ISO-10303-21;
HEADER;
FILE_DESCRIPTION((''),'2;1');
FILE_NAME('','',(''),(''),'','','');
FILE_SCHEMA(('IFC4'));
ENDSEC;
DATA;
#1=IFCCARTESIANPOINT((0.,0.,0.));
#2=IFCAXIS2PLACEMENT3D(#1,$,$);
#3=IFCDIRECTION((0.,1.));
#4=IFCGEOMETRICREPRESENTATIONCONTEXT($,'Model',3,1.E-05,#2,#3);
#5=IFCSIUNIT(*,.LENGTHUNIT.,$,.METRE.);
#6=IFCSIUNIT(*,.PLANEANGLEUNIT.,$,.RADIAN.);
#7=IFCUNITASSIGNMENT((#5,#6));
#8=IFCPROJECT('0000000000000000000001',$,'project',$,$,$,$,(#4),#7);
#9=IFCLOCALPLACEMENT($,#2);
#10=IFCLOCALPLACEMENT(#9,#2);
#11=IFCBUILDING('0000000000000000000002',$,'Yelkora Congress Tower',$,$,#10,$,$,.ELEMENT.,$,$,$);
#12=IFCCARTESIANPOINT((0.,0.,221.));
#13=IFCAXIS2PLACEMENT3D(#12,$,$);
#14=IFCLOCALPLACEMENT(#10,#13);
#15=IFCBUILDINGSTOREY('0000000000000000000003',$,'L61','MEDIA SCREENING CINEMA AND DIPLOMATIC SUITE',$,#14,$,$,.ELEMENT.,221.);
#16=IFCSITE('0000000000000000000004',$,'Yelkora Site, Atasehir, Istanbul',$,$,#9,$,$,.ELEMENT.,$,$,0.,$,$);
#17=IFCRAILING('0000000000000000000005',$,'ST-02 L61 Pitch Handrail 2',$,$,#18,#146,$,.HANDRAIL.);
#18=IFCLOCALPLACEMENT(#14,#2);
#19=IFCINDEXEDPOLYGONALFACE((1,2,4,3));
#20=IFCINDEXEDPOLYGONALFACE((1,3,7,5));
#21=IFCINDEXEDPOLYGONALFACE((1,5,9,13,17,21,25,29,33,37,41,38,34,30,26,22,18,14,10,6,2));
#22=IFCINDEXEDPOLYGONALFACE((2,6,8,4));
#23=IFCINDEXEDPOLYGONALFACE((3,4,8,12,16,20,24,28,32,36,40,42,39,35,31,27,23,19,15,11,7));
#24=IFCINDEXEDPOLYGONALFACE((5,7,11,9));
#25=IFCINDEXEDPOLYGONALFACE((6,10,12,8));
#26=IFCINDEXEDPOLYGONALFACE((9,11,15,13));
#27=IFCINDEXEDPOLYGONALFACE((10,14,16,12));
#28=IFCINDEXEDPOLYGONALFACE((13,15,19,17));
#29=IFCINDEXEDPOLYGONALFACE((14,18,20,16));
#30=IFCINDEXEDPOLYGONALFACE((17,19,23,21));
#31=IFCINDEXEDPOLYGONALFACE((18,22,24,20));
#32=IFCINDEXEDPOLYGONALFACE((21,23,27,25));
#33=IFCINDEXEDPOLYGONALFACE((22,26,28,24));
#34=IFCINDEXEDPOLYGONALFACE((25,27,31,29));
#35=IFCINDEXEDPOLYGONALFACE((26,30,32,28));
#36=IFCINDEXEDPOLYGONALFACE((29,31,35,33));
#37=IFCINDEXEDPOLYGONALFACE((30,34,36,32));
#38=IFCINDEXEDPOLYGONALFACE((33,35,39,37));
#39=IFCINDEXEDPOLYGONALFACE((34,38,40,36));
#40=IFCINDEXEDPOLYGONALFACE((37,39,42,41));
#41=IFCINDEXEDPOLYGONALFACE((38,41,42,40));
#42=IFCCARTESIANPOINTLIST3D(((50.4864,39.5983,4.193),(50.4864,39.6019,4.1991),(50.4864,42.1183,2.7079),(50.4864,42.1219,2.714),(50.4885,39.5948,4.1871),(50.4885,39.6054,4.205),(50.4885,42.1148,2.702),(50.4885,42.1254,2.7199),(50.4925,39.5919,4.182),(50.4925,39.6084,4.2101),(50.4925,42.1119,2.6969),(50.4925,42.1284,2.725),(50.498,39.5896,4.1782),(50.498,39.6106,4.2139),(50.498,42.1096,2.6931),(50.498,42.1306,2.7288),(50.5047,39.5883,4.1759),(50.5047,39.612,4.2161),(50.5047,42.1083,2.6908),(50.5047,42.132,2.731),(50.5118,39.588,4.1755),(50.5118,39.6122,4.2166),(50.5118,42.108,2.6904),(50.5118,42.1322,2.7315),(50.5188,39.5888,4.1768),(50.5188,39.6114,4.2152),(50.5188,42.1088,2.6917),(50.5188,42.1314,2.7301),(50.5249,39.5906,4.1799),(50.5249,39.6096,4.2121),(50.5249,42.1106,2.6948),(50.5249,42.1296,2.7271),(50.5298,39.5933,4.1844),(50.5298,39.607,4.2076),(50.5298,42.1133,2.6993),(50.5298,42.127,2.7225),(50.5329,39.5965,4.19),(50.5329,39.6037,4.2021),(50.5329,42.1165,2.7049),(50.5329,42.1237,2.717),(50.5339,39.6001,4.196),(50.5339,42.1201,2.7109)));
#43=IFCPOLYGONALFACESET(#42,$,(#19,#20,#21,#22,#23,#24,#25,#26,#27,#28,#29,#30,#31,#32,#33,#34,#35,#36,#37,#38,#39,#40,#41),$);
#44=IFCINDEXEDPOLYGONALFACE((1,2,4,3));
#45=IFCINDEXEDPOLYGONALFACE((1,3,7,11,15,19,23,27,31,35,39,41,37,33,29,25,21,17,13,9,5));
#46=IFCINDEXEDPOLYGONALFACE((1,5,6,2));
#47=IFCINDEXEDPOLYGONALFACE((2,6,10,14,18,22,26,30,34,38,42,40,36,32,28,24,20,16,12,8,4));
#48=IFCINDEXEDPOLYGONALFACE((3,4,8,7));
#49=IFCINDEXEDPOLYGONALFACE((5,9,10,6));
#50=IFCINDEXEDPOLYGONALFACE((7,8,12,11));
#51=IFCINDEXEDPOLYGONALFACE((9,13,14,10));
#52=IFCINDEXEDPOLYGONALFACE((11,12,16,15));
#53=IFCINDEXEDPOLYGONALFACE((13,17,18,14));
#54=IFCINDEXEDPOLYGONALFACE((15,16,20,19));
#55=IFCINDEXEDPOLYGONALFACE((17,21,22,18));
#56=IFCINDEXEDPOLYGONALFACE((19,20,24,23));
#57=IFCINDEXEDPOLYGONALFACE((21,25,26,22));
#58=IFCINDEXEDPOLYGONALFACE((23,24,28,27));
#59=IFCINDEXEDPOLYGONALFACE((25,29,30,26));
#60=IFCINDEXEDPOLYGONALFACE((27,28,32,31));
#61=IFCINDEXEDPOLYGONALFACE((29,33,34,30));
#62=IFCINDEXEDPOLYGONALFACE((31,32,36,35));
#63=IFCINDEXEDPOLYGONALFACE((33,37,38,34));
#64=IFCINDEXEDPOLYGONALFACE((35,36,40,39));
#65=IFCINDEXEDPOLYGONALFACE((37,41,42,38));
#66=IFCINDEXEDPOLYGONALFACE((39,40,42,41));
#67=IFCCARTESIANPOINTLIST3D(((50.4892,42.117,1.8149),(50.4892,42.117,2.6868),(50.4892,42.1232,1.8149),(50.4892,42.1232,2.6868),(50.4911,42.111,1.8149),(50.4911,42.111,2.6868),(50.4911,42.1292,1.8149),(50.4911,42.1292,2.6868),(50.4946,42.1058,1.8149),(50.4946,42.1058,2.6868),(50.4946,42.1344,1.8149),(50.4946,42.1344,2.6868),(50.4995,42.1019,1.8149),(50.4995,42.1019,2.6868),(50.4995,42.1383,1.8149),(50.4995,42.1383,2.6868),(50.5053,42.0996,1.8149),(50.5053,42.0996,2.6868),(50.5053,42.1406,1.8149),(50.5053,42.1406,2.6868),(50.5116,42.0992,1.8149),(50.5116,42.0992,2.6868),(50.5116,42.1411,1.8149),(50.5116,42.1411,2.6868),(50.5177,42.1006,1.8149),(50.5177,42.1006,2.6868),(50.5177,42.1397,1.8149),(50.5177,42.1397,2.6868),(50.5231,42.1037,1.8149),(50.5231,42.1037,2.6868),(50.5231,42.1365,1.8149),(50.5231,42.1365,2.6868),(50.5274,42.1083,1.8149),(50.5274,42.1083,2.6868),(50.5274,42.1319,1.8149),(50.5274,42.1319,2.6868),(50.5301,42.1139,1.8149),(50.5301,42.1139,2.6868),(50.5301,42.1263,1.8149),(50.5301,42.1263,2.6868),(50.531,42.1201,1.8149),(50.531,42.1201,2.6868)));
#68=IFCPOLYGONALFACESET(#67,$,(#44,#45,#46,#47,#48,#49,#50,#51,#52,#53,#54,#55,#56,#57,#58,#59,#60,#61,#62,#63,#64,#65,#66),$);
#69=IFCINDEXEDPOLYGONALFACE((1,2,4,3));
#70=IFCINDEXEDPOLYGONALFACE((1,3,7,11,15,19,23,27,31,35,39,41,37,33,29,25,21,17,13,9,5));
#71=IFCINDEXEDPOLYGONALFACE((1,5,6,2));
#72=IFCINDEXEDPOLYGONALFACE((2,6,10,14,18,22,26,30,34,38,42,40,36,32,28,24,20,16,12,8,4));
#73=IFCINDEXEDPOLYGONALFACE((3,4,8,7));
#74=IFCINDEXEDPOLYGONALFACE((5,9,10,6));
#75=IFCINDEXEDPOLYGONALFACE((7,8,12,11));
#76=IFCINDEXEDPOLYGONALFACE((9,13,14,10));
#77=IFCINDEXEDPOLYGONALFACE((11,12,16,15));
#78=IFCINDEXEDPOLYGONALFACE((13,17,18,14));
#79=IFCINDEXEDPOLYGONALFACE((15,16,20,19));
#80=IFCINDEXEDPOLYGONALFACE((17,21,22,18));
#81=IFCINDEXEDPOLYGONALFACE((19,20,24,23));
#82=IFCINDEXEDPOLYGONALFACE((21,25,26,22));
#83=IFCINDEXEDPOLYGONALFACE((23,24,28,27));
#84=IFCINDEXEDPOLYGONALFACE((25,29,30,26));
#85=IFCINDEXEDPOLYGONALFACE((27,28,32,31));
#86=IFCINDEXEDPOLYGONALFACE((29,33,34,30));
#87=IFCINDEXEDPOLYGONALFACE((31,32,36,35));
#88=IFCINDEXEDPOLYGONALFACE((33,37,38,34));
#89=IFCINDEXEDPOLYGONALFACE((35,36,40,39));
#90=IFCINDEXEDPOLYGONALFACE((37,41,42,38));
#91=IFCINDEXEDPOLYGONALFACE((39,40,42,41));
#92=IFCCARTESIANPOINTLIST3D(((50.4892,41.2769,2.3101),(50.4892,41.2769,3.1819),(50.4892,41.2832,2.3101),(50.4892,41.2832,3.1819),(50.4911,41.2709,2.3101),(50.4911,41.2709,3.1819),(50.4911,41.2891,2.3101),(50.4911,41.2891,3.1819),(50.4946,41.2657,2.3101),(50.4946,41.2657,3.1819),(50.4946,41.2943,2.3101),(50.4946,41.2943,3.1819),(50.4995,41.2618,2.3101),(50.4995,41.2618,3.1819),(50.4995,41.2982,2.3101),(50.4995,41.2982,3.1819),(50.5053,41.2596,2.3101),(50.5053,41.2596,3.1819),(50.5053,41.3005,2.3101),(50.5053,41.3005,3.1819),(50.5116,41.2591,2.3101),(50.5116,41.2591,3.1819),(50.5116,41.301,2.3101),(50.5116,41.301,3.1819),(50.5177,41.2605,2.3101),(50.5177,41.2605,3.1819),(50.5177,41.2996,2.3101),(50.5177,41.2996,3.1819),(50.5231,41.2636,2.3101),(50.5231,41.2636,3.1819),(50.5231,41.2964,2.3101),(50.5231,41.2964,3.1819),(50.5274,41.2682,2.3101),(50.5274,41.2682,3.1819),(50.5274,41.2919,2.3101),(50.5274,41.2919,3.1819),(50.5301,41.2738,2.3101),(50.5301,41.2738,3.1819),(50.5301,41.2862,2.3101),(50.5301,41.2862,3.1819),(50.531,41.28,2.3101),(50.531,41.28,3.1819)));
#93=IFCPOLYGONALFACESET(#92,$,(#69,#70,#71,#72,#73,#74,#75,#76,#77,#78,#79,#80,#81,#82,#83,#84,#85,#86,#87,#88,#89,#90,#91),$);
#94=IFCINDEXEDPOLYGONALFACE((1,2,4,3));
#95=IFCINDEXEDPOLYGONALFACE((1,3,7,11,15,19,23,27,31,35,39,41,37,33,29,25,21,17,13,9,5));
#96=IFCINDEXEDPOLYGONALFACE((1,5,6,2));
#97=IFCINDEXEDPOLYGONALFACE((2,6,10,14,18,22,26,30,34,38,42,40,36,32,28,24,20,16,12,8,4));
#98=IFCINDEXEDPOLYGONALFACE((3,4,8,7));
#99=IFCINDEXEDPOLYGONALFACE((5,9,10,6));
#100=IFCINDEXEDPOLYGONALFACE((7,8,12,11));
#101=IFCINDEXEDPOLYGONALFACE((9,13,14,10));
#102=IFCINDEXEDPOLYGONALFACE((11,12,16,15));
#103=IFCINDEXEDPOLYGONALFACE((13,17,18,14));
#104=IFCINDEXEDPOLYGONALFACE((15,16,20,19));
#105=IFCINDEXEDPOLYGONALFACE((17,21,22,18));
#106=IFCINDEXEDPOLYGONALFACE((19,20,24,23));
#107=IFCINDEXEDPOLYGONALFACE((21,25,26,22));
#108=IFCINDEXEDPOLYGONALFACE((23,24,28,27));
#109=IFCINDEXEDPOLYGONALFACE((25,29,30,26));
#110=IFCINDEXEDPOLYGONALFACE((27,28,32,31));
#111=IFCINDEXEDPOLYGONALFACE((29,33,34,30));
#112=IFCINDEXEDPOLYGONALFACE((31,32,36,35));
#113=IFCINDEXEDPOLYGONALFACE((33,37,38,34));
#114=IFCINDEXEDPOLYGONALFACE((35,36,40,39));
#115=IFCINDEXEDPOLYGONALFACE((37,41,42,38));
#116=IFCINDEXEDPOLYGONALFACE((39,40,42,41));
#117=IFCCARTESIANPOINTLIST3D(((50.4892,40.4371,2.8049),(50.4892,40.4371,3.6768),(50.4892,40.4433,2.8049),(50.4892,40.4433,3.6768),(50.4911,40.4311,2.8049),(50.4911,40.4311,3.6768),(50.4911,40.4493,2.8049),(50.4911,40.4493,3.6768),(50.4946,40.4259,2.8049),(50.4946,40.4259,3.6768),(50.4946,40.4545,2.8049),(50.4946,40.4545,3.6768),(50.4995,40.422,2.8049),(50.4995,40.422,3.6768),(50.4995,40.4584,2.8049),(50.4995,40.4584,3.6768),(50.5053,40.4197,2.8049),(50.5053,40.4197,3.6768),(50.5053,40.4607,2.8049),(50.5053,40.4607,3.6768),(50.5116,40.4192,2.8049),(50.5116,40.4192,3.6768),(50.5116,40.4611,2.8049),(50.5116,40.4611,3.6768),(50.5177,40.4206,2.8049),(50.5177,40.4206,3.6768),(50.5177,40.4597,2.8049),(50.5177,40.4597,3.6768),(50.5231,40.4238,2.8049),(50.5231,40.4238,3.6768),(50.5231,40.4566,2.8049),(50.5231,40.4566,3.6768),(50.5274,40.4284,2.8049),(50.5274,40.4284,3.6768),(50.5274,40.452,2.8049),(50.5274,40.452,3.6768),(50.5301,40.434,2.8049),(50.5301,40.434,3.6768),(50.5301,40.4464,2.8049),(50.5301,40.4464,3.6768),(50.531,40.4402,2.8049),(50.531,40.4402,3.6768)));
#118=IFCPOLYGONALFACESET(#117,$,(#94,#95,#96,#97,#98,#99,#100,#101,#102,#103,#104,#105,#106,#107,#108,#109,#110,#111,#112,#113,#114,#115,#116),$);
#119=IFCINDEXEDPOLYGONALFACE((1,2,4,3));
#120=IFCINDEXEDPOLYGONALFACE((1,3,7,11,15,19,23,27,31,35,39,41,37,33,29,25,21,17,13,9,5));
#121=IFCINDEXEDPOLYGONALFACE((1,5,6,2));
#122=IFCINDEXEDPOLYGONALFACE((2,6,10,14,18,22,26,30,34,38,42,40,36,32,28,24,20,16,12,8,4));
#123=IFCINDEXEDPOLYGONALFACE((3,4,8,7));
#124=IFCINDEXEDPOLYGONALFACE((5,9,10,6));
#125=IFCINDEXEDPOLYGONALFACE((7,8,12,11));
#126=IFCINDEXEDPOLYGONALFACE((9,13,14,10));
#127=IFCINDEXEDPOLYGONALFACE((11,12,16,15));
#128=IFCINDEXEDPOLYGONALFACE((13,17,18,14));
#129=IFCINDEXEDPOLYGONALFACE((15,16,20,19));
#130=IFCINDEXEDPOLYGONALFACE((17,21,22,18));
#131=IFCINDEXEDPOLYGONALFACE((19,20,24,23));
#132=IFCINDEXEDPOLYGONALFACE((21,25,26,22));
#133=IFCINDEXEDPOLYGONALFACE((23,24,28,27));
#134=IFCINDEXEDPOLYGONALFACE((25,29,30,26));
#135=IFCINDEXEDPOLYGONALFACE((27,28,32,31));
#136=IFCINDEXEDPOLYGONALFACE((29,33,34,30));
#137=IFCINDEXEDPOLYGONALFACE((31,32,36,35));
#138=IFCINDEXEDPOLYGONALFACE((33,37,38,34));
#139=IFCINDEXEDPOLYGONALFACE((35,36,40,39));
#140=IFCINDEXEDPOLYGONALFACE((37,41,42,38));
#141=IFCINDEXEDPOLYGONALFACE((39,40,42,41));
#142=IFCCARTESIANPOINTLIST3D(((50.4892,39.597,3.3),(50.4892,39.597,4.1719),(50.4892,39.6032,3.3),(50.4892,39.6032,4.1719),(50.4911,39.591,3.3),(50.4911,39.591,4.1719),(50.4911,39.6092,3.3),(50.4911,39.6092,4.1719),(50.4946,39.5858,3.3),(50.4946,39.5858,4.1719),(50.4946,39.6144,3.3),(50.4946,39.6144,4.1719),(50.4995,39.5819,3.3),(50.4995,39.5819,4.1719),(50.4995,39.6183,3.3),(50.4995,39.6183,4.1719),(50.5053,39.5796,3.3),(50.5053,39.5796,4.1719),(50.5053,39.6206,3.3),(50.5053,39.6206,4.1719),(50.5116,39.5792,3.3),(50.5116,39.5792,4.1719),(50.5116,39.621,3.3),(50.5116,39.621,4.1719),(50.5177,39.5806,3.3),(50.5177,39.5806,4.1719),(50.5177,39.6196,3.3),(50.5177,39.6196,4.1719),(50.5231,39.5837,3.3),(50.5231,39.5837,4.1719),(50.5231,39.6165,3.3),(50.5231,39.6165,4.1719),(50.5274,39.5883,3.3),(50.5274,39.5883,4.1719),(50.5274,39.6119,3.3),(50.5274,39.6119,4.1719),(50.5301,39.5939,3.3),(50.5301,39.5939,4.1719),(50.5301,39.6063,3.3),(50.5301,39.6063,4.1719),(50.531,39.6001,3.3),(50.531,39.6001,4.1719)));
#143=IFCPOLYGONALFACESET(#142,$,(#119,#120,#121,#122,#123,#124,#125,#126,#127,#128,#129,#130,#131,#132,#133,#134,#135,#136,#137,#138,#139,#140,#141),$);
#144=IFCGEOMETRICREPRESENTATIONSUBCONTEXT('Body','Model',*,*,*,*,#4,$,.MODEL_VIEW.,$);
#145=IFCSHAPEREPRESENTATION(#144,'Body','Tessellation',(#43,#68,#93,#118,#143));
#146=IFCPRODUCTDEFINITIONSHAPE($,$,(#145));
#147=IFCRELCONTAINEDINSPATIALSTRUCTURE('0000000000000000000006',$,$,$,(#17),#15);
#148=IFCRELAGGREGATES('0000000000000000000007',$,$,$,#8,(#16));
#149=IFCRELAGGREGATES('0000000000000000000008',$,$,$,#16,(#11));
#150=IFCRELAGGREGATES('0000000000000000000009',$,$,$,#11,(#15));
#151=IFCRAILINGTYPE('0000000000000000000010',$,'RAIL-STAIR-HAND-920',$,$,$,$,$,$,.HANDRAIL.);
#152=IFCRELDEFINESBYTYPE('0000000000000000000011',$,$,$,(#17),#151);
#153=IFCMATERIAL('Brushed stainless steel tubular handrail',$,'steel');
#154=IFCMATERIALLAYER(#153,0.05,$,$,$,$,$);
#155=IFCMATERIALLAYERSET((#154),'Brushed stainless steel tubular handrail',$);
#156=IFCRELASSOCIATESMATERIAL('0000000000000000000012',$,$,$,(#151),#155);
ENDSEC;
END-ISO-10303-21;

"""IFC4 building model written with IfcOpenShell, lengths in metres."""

from ifc_helpers import new_model, si_unit, direction, frame, origin, origin_2d, place, context, subcontext, project, spatial, circle, extrude, material, layer, layer_set, type_object, element, save


model = new_model("IFC4")

# Units and contexts
model_context = context("Model", 3, precision=1e-05, world=origin(), true_north=direction((0.0, 1.0)))
body_context = subcontext(model_context, "Body", "Model", "MODEL_VIEW")
ifc_project = project(units=[si_unit("LENGTHUNIT", "METRE"), si_unit("PLANEANGLEUNIT", "RADIAN")], contexts=[model_context])

# Site, building, storey
site_placement = place(None, origin())
site = spatial("IfcSite", under=ifc_project, at=site_placement, Name="Yelkora Site, Atasehir, Istanbul", CompositionType="ELEMENT", RefElevation=0.0)
building_placement = place(site_placement, origin())
building = spatial("IfcBuilding", under=site, at=building_placement, Name="Yelkora Congress Tower", CompositionType="ELEMENT")
storey_placement = place(building_placement, frame((0.0, 0.0, 221.0)))
storey = spatial("IfcBuildingStorey", under=building, at=storey_placement, Name="L61", Description="MEDIA SCREENING CINEMA AND DIPLOMATIC SUITE", CompositionType="ELEMENT", Elevation=221.0)

# Railing
ifc_material_1 = material(Name="Brushed stainless steel tubular handrail", Category="steel")
ifc_layer_1 = layer(ifc_material_1, 0.05)
ifc_layer_set_1 = layer_set([ifc_layer_1], Name="Brushed stainless steel tubular handrail")
railing_type_1 = type_object("IfcRailingType", Name="RAIL-STAIR-HAND-920", PredefinedType="HANDRAIL", material=ifc_layer_set_1)
railing_1_placement = place(storey_placement, frame((50.51, 42.1201, 1.8149)))
element("IfcRailing", 1, at=railing_1_placement, inside=storey, type_object=railing_type_1, Name="ST-02 L61 Pitch Handrail 2", PredefinedType="HANDRAIL", context=body_context, shape_type="SweptSolid", body=[
    extrude(circle(Radius=0.0239, at=origin_2d()), frame((0.0, 0.0, 0.896), z_axis=(0.0, -0.861524, 0.507717), x_axis=(1.0, 0.0, 0.0)), (0.0, 0.0, 1.0), 2.925),
    extrude(circle(Radius=0.021, at=origin_2d()), origin(), (0.0, 0.0, 1.0), 0.8718),
    extrude(circle(Radius=0.021, at=origin_2d()), frame((0.0, -0.8401, 0.4951)), (0.0, 0.0, 1.0), 0.8718),
    extrude(circle(Radius=0.021, at=origin_2d()), frame((0.0, -1.6799, 0.99)), (0.0, 0.0, 1.0), 0.8718),
    extrude(circle(Radius=0.021, at=origin_2d()), frame((0.0, -2.52, 1.4851)), (0.0, 0.0, 1.0), 0.8718),
])

save(model, "model.ifc")
